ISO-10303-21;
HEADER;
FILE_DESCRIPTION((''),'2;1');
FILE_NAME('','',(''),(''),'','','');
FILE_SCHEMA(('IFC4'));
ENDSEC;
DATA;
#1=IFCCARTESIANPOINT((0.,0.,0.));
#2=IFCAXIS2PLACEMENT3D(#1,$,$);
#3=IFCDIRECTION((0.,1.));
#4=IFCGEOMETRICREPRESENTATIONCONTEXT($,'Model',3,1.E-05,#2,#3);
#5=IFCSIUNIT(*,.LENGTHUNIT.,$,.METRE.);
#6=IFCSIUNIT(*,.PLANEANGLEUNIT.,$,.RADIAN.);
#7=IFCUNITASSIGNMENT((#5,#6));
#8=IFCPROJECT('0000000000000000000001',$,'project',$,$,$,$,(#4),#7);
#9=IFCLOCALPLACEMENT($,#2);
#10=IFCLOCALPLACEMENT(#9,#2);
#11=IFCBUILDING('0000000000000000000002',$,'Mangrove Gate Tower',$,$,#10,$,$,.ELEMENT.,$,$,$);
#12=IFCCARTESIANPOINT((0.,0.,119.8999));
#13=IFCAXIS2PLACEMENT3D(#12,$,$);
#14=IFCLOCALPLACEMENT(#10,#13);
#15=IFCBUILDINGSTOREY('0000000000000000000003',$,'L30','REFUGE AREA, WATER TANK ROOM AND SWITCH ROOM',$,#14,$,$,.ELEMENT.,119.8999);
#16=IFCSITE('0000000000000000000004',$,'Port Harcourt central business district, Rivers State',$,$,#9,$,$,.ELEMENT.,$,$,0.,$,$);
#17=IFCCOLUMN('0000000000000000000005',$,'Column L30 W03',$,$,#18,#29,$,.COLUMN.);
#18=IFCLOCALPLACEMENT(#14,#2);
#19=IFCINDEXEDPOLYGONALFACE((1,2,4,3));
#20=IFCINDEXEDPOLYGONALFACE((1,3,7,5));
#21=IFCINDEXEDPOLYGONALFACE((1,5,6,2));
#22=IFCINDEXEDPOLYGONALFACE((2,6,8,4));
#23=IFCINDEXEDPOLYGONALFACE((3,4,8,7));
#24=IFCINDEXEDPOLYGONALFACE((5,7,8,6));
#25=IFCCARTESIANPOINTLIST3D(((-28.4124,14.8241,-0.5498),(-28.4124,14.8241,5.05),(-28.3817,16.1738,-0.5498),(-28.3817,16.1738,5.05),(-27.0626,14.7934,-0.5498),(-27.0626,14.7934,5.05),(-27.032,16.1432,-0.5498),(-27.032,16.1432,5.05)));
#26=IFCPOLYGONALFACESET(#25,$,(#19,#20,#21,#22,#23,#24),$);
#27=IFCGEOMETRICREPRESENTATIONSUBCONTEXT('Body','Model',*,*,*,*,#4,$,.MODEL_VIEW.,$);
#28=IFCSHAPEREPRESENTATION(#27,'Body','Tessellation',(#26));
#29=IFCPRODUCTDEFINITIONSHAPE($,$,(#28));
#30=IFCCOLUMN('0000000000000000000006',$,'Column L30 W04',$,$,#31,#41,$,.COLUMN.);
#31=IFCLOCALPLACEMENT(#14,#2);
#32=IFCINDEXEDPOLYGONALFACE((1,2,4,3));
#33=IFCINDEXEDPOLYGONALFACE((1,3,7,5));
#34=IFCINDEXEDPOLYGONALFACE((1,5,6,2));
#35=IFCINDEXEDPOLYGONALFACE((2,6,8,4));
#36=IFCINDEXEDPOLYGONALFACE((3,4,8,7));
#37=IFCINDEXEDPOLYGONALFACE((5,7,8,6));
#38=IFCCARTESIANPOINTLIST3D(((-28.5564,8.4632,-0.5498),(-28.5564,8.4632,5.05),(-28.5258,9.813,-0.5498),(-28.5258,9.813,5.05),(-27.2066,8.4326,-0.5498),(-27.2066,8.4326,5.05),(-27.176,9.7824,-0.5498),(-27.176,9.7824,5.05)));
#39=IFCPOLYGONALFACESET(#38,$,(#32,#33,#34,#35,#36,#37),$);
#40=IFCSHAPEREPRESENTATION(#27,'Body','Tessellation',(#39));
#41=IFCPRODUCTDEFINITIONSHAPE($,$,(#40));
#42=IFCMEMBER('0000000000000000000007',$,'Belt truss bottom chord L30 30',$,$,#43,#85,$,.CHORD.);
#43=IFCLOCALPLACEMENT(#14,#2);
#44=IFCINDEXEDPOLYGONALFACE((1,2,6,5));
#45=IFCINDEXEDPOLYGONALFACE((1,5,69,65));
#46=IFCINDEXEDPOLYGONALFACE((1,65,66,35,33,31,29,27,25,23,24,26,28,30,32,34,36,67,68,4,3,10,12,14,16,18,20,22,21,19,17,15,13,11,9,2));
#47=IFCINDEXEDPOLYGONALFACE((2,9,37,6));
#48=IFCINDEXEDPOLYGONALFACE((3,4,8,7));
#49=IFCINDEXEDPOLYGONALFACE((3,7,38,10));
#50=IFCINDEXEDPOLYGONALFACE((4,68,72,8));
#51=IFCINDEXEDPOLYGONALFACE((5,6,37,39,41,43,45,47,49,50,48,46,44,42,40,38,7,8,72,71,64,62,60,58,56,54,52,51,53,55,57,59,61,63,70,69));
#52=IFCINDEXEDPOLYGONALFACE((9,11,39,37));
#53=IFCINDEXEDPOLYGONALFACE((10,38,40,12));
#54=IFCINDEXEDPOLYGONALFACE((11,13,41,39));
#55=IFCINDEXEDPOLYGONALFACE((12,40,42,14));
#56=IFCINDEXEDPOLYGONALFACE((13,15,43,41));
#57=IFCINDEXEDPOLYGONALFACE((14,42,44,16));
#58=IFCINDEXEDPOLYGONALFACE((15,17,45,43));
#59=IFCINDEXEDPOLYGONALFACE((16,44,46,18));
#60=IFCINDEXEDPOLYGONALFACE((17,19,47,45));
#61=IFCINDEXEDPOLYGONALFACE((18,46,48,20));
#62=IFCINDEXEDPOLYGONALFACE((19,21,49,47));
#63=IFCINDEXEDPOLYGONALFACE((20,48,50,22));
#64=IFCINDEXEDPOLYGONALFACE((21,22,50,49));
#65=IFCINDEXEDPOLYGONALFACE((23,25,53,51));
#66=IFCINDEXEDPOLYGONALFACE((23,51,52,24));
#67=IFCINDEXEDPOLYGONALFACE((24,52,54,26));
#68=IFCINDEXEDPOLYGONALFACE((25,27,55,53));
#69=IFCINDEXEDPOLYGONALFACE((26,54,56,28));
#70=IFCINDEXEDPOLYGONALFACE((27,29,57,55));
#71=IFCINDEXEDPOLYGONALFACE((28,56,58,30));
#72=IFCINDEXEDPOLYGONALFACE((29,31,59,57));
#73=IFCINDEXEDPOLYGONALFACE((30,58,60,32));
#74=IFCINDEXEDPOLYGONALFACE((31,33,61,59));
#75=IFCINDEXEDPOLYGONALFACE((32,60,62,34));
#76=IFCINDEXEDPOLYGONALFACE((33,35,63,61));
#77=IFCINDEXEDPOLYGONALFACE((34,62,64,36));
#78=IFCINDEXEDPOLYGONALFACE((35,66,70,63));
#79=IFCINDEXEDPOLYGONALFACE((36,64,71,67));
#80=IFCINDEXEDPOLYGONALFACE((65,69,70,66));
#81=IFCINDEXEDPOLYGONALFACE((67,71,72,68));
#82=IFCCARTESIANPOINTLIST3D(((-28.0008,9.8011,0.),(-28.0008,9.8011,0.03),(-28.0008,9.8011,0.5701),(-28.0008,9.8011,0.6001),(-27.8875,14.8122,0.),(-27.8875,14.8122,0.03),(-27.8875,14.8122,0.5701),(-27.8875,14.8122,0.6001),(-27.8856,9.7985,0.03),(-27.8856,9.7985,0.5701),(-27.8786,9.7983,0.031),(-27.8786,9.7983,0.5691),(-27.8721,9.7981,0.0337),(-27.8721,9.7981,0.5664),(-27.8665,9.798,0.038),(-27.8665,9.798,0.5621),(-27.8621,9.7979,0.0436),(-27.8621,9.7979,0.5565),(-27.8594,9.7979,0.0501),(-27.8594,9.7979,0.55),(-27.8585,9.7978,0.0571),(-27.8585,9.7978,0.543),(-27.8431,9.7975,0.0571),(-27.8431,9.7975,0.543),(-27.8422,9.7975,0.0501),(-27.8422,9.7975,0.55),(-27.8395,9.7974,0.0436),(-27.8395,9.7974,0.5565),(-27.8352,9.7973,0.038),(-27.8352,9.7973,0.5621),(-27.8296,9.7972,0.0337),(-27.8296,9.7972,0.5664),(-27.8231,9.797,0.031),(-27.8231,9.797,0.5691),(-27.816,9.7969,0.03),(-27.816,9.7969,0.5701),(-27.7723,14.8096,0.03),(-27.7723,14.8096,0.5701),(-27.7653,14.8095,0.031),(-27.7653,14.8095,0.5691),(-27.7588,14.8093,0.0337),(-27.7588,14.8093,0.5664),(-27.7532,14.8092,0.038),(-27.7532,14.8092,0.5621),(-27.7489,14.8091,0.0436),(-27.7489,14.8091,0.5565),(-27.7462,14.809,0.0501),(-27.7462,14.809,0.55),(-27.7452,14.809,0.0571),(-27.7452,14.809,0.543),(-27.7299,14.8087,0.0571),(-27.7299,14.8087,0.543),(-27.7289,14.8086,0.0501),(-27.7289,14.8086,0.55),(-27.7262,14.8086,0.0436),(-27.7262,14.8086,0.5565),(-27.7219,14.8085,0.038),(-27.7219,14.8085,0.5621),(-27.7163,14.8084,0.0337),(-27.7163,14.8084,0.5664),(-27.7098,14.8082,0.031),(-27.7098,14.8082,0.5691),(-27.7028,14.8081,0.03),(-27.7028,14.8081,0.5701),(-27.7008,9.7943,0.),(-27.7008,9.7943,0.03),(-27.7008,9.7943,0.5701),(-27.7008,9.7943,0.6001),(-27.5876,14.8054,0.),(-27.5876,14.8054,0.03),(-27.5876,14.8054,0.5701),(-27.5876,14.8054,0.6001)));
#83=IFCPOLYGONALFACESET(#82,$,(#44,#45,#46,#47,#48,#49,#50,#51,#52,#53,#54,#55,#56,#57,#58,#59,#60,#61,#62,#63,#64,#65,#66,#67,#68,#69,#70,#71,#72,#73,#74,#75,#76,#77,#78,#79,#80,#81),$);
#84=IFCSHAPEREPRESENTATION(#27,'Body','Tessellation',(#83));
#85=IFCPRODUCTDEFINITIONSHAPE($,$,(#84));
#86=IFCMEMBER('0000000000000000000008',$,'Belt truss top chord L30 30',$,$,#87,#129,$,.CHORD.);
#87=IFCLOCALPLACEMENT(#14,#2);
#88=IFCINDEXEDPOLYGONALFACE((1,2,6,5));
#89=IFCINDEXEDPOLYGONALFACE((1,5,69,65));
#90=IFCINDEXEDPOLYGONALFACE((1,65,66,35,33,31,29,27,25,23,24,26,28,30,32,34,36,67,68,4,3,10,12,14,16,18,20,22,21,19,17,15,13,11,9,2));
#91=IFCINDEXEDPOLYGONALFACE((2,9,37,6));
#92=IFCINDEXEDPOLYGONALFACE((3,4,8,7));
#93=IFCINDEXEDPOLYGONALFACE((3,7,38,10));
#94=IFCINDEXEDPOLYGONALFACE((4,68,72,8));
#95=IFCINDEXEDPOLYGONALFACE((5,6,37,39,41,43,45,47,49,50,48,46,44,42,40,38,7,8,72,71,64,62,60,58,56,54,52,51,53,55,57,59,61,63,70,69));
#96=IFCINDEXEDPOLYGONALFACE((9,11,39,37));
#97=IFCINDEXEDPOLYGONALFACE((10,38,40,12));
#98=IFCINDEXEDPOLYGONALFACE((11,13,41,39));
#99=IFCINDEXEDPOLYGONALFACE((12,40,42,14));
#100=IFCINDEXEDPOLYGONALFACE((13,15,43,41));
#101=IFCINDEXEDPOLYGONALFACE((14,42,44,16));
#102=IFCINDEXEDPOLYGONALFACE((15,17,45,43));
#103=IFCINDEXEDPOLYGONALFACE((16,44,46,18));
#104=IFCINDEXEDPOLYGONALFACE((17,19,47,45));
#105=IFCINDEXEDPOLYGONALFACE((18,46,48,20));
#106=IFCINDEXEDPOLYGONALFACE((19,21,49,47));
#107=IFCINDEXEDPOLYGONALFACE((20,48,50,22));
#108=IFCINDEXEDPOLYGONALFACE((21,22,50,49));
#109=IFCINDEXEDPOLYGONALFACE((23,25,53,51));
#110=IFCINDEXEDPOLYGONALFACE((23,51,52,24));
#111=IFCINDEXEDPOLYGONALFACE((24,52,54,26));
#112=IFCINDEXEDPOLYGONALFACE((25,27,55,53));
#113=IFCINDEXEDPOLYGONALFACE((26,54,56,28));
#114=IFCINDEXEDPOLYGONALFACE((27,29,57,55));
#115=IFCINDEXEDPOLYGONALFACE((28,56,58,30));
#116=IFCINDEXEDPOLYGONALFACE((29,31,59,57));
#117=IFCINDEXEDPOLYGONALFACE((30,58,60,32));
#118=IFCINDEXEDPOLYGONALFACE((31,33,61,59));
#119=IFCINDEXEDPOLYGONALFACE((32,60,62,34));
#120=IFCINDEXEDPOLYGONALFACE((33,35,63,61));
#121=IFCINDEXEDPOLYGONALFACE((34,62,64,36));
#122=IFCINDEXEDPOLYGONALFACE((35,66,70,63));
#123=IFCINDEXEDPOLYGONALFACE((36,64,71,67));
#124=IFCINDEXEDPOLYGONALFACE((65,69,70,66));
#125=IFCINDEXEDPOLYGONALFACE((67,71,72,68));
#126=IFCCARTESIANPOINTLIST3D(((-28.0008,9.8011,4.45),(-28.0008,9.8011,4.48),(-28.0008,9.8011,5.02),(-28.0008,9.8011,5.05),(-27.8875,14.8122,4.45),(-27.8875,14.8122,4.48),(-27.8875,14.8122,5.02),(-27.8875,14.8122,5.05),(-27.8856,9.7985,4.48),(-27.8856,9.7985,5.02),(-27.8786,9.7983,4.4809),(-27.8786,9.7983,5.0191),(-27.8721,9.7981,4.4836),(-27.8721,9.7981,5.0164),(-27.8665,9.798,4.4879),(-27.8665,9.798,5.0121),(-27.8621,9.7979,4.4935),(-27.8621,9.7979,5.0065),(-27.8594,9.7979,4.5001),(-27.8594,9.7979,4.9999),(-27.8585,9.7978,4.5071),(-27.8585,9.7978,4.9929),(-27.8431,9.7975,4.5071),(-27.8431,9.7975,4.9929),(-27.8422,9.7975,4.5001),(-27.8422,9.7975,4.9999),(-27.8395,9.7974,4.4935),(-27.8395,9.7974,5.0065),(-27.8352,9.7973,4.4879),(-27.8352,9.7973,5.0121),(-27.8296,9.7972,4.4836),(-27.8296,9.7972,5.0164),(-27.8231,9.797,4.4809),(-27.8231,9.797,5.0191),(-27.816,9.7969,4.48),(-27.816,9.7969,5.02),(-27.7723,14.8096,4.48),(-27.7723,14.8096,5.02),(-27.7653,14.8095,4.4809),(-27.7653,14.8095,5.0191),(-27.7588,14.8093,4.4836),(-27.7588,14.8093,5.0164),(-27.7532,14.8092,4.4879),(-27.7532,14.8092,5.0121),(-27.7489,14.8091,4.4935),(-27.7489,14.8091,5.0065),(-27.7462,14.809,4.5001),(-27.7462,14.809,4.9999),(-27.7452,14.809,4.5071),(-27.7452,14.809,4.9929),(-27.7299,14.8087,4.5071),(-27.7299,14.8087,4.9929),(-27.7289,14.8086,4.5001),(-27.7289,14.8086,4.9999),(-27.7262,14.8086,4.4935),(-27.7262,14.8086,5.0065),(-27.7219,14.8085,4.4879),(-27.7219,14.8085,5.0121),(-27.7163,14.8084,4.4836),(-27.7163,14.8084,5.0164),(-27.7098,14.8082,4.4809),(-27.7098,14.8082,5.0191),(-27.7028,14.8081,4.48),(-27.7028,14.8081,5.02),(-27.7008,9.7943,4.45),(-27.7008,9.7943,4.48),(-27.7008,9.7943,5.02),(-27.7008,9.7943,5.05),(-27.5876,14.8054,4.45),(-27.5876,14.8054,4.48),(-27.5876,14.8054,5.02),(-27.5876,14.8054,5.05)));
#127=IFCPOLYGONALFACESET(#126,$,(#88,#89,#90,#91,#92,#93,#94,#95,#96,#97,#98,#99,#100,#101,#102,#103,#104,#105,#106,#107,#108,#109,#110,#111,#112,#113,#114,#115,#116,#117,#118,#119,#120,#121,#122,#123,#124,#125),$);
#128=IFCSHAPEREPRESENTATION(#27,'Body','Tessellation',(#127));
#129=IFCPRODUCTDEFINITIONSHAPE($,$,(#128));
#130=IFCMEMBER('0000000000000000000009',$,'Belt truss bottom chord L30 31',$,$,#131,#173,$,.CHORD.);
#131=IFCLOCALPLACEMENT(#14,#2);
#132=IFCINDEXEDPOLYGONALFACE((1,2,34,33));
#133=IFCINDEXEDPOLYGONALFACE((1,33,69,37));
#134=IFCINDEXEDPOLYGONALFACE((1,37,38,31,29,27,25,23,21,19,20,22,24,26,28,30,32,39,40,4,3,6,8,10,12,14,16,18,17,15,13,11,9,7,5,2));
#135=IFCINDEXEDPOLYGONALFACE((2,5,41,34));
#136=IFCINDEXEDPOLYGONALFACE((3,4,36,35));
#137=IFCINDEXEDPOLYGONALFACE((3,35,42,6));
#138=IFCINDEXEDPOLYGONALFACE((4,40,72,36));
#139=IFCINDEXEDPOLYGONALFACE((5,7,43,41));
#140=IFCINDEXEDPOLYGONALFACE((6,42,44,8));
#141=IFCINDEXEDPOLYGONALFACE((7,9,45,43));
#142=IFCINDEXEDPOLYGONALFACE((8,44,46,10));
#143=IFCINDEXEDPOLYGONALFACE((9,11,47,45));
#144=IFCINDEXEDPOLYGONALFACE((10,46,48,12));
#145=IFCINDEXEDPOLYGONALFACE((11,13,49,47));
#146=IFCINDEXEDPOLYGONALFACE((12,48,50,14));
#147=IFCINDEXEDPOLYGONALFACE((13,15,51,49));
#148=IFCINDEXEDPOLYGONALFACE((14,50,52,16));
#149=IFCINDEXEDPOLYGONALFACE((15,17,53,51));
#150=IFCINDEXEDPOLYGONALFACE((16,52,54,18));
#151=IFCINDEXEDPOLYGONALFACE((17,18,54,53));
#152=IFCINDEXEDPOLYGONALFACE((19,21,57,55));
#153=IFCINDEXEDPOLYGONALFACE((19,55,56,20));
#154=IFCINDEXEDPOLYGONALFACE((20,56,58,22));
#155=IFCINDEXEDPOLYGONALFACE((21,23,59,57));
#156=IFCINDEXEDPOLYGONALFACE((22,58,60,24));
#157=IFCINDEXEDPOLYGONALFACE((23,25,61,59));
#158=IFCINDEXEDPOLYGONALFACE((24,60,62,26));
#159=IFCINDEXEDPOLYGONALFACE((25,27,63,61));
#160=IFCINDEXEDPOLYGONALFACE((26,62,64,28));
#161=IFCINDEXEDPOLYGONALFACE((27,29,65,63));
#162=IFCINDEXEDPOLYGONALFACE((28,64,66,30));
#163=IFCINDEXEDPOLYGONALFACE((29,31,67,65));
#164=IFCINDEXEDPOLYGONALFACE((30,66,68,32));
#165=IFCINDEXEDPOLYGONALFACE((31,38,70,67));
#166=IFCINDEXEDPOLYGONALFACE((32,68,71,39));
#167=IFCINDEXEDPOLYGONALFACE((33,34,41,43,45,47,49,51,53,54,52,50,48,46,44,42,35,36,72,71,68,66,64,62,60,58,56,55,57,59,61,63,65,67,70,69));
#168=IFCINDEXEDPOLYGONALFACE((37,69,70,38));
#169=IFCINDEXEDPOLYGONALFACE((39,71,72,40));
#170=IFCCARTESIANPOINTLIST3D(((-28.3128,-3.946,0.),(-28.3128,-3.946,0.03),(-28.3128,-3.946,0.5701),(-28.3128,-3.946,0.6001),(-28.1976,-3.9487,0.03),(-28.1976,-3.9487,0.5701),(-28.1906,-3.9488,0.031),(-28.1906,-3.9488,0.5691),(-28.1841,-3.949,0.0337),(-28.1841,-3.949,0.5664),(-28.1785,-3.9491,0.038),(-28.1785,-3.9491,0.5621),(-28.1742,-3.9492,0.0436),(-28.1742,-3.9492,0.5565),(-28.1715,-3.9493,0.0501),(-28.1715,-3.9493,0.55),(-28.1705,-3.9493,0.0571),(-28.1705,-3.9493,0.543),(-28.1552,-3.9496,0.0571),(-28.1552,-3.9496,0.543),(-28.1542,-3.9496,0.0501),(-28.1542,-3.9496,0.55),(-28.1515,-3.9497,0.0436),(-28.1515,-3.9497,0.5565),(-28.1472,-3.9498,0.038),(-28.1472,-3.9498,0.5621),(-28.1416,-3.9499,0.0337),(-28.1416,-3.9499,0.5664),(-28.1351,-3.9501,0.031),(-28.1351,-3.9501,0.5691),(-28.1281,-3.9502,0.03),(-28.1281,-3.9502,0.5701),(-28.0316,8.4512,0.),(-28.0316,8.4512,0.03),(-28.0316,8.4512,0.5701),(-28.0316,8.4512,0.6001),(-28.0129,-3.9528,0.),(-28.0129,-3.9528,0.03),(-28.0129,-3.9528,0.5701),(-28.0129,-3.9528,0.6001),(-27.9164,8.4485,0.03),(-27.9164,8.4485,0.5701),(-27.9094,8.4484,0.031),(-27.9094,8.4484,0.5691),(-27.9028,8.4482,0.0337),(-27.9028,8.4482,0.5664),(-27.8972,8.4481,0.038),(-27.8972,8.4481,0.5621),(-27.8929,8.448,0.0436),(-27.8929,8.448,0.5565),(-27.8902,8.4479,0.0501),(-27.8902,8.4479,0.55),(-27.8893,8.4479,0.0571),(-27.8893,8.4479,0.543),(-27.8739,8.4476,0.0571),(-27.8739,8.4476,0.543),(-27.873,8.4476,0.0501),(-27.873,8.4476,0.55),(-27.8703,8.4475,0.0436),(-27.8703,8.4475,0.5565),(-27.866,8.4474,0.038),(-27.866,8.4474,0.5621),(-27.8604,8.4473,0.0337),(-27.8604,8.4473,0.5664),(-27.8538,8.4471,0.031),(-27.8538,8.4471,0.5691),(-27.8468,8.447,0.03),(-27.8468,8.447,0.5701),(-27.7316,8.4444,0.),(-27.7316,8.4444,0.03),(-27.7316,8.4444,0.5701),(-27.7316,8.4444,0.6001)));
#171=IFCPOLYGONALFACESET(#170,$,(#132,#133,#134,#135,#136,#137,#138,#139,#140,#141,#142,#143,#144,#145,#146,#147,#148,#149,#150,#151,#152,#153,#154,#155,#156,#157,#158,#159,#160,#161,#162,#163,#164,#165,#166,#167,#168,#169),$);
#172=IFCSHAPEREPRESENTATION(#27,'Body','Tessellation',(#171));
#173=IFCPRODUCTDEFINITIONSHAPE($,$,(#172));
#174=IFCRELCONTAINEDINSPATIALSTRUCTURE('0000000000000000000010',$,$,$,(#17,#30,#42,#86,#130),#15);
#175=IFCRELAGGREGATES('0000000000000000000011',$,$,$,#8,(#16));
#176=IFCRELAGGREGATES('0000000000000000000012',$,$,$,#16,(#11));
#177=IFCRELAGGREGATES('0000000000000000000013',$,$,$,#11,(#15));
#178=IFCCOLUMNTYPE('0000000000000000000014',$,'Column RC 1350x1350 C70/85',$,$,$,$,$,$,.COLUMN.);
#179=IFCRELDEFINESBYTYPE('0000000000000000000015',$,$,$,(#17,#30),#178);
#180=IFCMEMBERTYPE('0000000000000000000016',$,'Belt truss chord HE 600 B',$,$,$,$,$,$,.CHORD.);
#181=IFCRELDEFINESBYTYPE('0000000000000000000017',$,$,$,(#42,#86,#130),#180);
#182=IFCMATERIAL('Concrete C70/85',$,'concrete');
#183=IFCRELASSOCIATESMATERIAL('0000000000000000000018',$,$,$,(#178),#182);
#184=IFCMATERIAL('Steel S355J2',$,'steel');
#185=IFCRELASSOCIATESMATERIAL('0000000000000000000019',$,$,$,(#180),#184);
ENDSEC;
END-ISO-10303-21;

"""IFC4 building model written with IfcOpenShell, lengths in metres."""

from ifc_helpers import new_model, si_unit, direction, frame, origin, origin_2d, place, context, subcontext, project, spatial, rectangle, i_section, extrude, material, material_profile, profile_set, type_object, element, save


model = new_model("IFC4")

# Units and contexts
model_context = context("Model", 3, precision=1e-05, world=origin(), true_north=direction((0.0, 1.0)))
body_context = subcontext(model_context, "Body", "Model", "MODEL_VIEW")
ifc_project = project(units=[si_unit("LENGTHUNIT", "METRE"), si_unit("PLANEANGLEUNIT", "RADIAN")], contexts=[model_context])

# Site, building, storey
site_placement = place(None, origin())
site = spatial("IfcSite", under=ifc_project, at=site_placement, Name="Port Harcourt central business district, Rivers State", CompositionType="ELEMENT", RefElevation=0.0)
building_placement = place(site_placement, origin())
building = spatial("IfcBuilding", under=site, at=building_placement, Name="Mangrove Gate Tower", CompositionType="ELEMENT")
storey_placement = place(building_placement, frame((0.0, 0.0, 119.8999)))
storey = spatial("IfcBuildingStorey", under=building, at=storey_placement, Name="L30", Description="REFUGE AREA, WATER TANK ROOM AND SWITCH ROOM", CompositionType="ELEMENT", Elevation=119.8999)

# Columns
ifc_material_1 = material(Name="Concrete C70/85", Category="concrete")
ifc_material_profile_1 = material_profile(ifc_material_1, rectangle(XDim=1.3501, YDim=1.3501, at=origin_2d()))
ifc_profile_set_1 = profile_set([ifc_material_profile_1], Name="Concrete C70/85")
column_type = type_object("IfcColumnType", Name="Column RC 1350x1350 C70/85", PredefinedType="COLUMN", material=ifc_profile_set_1)
for number, where, z_axis, x_axis, name in (
    (1, (-27.7222, 15.4836, -0.5498), (0.0, 0.0, 1.0), (-0.022711, -0.999742, 0.0), "Column L30 W03"),
    (2, (-27.8662, 9.1228, -0.5498), (0.0, 0.0, 1.0), (-0.022672, -0.999743, 0.0), "Column L30 W04"),
):
    element("IfcColumn", number, at=place(storey_placement, frame(where, z_axis=z_axis, x_axis=x_axis)), inside=storey, type_object=column_type, Name=name, PredefinedType="COLUMN", context=body_context, shape_type="SweptSolid", body=[
        extrude(rectangle(XDim=1.3501, YDim=1.3501, at=origin_2d()), origin(), (0.0, 0.0, 1.0), 5.5999),
    ])

# Members
ifc_material_2 = material(Name="Steel S355J2", Category="steel")
ifc_material_profile_2 = material_profile(ifc_material_2, i_section(OverallWidth=0.3, OverallDepth=0.6001, WebThickness=0.0154, FlangeThickness=0.03, FilletRadius=0.0271, at=origin_2d()))
ifc_profile_set_2 = profile_set([ifc_material_profile_2], Name="Steel S355J2")
member_type_1 = type_object("IfcMemberType", Name="Belt truss chord HE 600 B", PredefinedType="CHORD", material=ifc_profile_set_2)
for number, where, z_axis, x_axis, name in (
    (3, (-27.7375, 14.8088, 0.3), (-0.0226, -0.999745, 0.0), (0.999745, -0.0226, 0.0), "Belt truss bottom chord L30 30"),
    (4, (-27.7375, 14.8088, 4.75), (-0.0226, -0.999745, 0.0), (0.999745, -0.0226, 0.0), "Belt truss top chord L30 30"),
):
    element("IfcMember", number, at=place(storey_placement, frame(where, z_axis=z_axis, x_axis=x_axis)), inside=storey, type_object=member_type_1, Name=name, PredefinedType="CHORD", context=body_context, shape_type="SweptSolid", body=[
        extrude(i_section(OverallWidth=0.3, OverallDepth=0.6001, WebThickness=0.0154, FlangeThickness=0.03, FilletRadius=0.0271, at=origin_2d()), origin(), (0.0, 0.0, 1.0), 5.0125),
    ])
for number, where, z_axis, x_axis, name in (
    (5, (-27.8816, 8.4478, 0.3), (-0.022681, -0.999743, 0.0), (0.999743, -0.022681, 0.0), "Belt truss bottom chord L30 31"),
):
    element("IfcMember", number, at=place(storey_placement, frame(where, z_axis=z_axis, x_axis=x_axis)), inside=storey, type_object=member_type_1, Name=name, PredefinedType="CHORD", context=body_context, shape_type="SweptSolid", body=[
        extrude(i_section(OverallWidth=0.3, OverallDepth=0.6001, WebThickness=0.0154, FlangeThickness=0.03, FilletRadius=0.0271, at=origin_2d()), origin(), (0.0, 0.0, 1.0), 12.4004),
    ])

save(model, "model.ifc")
